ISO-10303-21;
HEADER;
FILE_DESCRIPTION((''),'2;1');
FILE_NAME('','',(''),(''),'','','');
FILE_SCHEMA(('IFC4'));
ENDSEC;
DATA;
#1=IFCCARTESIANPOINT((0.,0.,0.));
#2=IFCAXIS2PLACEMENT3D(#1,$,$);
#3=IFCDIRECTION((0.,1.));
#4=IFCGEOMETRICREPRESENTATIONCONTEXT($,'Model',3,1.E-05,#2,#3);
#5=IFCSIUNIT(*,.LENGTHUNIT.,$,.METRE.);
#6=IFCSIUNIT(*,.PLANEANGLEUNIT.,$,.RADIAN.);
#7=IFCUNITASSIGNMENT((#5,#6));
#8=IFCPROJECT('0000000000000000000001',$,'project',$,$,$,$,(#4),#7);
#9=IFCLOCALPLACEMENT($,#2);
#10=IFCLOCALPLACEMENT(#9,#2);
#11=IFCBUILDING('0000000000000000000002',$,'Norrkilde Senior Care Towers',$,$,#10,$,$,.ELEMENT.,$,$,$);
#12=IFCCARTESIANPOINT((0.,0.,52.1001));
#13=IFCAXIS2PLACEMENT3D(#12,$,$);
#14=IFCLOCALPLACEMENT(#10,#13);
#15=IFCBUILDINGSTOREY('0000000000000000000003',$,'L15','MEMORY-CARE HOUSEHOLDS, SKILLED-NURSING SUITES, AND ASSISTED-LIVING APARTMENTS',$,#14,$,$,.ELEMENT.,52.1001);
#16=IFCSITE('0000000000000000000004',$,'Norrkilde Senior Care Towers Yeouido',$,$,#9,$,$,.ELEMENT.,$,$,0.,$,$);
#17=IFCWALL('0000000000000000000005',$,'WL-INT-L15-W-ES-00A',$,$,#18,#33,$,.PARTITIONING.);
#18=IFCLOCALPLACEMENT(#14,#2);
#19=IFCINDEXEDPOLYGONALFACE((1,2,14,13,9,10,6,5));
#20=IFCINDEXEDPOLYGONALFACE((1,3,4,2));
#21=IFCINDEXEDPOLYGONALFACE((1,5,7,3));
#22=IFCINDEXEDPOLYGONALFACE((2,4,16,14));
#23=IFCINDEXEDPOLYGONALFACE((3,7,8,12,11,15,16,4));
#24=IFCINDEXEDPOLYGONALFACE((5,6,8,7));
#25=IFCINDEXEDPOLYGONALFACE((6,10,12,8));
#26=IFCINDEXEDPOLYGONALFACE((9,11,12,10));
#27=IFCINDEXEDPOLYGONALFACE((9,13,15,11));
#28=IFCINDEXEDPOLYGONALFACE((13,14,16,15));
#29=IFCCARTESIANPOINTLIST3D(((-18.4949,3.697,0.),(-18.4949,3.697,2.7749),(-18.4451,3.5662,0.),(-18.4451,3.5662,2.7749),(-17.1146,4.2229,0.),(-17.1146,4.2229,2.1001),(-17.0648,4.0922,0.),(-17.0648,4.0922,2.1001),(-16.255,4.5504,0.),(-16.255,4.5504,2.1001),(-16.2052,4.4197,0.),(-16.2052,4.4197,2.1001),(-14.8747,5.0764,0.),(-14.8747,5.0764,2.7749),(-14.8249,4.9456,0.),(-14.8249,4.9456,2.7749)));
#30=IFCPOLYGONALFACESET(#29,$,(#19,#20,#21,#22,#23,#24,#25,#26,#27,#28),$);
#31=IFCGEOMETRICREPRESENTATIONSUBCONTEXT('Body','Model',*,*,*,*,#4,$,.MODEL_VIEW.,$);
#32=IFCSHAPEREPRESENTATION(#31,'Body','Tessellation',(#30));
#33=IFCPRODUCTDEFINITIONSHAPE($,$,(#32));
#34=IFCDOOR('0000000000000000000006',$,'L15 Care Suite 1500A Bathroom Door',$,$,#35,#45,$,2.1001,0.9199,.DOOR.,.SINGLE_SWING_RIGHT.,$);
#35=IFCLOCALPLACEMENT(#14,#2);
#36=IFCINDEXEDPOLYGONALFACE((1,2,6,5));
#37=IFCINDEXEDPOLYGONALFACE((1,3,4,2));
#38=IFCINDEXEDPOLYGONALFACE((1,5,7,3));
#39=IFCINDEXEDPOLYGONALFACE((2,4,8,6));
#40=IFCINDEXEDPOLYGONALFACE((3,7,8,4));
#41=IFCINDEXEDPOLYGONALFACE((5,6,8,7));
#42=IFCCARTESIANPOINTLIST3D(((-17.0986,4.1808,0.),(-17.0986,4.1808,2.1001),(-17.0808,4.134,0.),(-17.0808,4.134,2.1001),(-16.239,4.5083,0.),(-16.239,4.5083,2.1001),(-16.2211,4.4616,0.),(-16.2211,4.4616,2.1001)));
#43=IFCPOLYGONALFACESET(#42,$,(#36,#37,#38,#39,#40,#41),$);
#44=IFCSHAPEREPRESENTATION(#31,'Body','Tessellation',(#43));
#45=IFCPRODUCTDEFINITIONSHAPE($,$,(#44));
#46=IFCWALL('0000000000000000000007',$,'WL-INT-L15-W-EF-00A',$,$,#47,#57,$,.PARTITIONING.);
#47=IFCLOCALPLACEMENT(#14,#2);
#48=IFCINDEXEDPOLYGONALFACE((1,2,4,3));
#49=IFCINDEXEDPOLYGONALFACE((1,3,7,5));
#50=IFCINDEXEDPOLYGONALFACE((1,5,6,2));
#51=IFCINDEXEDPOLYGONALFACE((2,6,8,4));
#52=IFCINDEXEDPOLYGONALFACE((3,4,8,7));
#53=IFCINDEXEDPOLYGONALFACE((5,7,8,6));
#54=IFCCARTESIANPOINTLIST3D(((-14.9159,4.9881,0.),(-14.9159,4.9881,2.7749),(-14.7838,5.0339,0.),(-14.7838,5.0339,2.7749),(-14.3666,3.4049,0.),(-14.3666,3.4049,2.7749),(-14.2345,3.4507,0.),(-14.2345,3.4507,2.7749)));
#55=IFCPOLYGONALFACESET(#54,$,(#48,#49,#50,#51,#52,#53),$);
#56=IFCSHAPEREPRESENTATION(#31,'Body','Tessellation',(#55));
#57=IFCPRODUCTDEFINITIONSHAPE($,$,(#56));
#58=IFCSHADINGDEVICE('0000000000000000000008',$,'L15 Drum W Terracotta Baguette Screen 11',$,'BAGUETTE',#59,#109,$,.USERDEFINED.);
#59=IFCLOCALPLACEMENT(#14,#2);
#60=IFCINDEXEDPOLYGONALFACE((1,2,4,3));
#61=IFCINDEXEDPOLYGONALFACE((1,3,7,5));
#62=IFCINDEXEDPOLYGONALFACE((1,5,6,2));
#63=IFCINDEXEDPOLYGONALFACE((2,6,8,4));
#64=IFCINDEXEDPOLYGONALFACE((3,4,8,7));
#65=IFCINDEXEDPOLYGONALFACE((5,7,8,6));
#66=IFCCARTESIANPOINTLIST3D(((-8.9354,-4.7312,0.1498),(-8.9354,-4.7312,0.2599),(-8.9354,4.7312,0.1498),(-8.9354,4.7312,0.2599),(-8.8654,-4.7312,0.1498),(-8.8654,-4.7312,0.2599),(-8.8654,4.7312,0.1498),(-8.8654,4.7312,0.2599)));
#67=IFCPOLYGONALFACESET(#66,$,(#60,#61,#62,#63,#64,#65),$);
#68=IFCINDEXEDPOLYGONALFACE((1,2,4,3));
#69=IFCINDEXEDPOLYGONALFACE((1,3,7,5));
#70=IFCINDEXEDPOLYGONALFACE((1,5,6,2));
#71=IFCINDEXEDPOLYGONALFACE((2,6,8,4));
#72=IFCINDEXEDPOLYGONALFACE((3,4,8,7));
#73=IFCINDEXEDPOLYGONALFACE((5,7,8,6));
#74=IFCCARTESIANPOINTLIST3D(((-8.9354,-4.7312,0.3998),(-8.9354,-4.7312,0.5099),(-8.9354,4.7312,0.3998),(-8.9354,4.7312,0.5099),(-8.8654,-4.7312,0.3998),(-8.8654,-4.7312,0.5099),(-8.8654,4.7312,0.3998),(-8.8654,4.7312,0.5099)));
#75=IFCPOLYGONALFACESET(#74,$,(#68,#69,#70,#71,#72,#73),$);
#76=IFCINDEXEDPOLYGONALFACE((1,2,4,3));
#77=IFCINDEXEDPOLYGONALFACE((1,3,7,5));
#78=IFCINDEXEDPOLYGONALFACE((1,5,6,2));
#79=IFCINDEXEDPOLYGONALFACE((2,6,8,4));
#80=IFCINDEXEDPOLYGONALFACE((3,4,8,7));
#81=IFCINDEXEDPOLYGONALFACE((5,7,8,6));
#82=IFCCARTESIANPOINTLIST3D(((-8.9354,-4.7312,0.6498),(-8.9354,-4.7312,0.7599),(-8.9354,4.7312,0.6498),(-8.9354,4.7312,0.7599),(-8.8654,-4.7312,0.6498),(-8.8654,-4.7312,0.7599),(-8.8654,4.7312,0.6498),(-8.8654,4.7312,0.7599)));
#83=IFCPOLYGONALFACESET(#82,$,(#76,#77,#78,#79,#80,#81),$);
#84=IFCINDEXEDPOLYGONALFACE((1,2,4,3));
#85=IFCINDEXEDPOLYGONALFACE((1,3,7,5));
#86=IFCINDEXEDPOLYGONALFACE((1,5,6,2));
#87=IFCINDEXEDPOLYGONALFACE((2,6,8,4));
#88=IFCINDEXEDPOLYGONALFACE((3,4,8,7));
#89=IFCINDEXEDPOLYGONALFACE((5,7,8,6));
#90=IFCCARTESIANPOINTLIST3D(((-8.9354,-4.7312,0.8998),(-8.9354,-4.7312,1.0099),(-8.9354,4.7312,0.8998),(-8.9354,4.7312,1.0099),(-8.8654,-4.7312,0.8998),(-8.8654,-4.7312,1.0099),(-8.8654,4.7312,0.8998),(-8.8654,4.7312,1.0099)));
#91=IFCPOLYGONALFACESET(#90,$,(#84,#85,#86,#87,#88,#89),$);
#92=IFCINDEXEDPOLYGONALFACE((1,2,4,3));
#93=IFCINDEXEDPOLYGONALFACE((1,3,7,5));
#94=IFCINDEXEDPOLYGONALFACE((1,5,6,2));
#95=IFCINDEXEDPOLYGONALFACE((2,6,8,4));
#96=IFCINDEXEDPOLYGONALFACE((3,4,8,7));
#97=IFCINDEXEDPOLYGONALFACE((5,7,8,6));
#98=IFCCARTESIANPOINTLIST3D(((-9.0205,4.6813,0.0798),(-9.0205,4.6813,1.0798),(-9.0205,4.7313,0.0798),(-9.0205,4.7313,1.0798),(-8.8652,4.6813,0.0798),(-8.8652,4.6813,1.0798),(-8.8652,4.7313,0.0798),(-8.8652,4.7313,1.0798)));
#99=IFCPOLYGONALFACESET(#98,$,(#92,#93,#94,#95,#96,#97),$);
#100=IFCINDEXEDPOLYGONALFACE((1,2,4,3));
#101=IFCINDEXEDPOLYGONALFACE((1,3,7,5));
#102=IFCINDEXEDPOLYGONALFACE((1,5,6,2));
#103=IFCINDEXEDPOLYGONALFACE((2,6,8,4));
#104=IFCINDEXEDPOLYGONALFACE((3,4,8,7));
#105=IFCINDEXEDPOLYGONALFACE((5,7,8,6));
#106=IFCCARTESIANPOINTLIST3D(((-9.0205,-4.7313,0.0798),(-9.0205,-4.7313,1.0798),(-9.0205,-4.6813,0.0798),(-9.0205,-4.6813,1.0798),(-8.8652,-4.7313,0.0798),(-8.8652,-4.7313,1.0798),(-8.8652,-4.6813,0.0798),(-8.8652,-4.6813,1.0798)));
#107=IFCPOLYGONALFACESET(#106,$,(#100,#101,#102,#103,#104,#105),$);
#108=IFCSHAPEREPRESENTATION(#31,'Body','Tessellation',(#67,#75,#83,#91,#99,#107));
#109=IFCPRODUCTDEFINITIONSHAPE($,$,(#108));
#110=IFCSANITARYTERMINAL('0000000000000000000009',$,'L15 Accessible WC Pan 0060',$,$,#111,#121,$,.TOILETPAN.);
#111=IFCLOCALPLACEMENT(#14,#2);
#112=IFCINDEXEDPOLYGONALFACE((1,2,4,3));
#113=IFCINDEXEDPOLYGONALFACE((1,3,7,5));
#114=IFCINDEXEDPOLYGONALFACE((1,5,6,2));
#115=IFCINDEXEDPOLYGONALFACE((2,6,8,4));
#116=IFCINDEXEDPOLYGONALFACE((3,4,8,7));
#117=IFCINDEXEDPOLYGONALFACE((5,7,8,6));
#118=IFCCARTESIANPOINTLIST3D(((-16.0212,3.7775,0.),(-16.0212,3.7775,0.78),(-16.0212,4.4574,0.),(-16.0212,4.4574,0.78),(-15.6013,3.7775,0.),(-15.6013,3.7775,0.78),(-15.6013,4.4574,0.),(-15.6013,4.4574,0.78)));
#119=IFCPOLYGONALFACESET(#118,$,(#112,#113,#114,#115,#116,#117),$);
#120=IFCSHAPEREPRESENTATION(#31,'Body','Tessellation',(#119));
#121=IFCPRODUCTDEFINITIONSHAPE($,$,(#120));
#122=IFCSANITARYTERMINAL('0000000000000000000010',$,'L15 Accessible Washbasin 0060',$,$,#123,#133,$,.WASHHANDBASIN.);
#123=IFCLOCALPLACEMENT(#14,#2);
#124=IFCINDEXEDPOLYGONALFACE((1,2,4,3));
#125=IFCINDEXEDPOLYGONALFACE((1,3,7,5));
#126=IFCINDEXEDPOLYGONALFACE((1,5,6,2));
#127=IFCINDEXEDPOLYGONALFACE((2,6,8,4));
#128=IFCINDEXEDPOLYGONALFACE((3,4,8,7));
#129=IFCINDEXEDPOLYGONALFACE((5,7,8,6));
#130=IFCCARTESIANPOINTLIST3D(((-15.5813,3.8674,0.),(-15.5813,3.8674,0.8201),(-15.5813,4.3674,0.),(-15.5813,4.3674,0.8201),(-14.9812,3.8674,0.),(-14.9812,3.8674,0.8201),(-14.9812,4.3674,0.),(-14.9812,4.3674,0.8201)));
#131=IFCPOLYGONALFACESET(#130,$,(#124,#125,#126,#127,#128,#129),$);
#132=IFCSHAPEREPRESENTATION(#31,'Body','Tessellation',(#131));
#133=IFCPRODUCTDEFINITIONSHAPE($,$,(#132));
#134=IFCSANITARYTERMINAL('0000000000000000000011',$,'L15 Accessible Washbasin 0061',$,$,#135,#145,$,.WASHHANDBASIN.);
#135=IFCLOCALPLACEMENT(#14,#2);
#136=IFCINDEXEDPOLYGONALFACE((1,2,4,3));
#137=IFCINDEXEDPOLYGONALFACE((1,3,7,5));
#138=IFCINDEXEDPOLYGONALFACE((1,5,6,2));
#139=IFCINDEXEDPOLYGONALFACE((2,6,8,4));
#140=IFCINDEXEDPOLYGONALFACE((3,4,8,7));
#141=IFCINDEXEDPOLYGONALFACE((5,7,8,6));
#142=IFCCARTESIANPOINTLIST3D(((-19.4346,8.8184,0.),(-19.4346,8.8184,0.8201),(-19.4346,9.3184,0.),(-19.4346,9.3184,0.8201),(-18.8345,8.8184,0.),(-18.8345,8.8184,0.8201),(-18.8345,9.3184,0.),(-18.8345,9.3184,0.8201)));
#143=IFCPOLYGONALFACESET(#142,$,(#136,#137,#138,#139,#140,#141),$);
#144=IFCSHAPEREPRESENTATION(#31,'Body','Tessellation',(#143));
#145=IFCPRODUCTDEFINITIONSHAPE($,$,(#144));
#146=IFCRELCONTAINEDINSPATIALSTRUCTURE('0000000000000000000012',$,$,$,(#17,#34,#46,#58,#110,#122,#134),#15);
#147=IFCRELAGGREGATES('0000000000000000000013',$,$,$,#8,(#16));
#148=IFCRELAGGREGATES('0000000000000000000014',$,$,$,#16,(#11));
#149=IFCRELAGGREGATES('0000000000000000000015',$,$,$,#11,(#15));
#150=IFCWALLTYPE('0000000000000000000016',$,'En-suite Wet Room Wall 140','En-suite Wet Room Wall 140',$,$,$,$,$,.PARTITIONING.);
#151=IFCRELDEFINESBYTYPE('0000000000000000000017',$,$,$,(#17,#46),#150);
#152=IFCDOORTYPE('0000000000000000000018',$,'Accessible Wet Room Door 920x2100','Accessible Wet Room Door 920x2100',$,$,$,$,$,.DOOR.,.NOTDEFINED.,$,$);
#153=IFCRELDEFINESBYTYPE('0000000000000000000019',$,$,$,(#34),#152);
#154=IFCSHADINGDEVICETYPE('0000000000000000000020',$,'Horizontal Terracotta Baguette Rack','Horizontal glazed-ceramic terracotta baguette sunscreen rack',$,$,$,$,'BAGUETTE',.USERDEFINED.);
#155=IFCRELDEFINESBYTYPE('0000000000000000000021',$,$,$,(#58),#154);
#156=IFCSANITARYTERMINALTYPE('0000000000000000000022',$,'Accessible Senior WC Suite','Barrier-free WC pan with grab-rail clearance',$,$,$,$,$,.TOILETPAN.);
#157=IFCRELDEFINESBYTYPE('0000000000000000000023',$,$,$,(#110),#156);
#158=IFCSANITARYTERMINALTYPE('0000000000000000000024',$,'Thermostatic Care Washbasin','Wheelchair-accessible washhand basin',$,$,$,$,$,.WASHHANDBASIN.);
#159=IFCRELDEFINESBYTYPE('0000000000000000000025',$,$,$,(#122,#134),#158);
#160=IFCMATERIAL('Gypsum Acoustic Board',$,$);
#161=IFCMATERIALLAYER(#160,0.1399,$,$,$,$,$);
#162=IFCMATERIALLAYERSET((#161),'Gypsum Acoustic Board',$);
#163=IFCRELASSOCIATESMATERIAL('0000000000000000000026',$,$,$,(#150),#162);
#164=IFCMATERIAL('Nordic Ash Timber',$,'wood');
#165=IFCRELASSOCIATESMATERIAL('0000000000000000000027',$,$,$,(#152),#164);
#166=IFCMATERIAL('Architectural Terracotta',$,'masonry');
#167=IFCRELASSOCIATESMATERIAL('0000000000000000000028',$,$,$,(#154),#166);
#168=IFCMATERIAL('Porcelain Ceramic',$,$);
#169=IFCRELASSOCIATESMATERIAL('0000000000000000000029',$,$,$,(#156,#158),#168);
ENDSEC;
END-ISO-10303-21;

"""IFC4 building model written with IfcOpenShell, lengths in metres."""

from ifc_helpers import new_model, si_unit, direction, frame, frame_2d, origin, origin_2d, place, context, subcontext, project, spatial, rectangle, extrude, source, transform, mapped, material, layer, layer_set, type_object, type_shapes, element, fill, save


model = new_model("IFC4")

# Units and contexts
model_context = context("Model", 3, precision=1e-05, world=origin(), true_north=direction((0.0, 1.0)))
body_context = subcontext(model_context, "Body", "Model", "MODEL_VIEW")
ifc_project = project(units=[si_unit("LENGTHUNIT", "METRE"), si_unit("PLANEANGLEUNIT", "RADIAN")], contexts=[model_context])

# Site, building, storey
site_placement = place(None, origin())
site = spatial("IfcSite", under=ifc_project, at=site_placement, Name="Norrkilde Senior Care Towers Yeouido", CompositionType="ELEMENT", RefElevation=0.0)
building_placement = place(site_placement, origin())
building = spatial("IfcBuilding", under=site, at=building_placement, Name="Norrkilde Senior Care Towers", CompositionType="ELEMENT")
storey_placement = place(building_placement, frame((0.0, 0.0, 52.1001)))
storey = spatial("IfcBuildingStorey", under=building, at=storey_placement, Name="L15", Description="MEMORY-CARE HOUSEHOLDS, SKILLED-NURSING SUITES, AND ASSISTED-LIVING APARTMENTS", CompositionType="ELEMENT", Elevation=52.1001)

# Shared definitions
ifc_material_1 = material(Name="Gypsum Acoustic Board")
ifc_material_2 = material(Name="Nordic Ash Timber", Category="wood")

# Shared definitions
ifc_layer_1 = layer(ifc_material_1, 0.1399)
ifc_layer_set_1 = layer_set([ifc_layer_1], Name="Gypsum Acoustic Board")
wall_type_1 = type_object("IfcWallType", Name="En-suite Wet Room Wall 140", Description="En-suite Wet Room Wall 140", PredefinedType="PARTITIONING", material=ifc_layer_set_1)

# Wall, opening, door
shared_shape_1 = source(origin(), body_context, "Body", "SweptSolid", [
    extrude(rectangle(XDim=3.874, YDim=0.1399, at=frame_2d((1.937, 0.0))), origin(), (0.0, 0.0, 1.0), 2.7749),
])
wall_1_placement = place(storey_placement, frame((-18.47, 3.6316, 0.0), z_axis=(0.0, 0.0, 1.0), x_axis=(0.934462, 0.356063, 0.0)))
wall_1 = element("IfcWall", 1, at=wall_1_placement, inside=storey, type_object=wall_type_1, Name="WL-INT-L15-W-ES-00A", PredefinedType="PARTITIONING", context=body_context, shape_type="MappedRepresentation", body=[
    mapped(shared_shape_1, transform((0.0, 0.0, 0.0), x_axis=(1.0, 0.0, 0.0), y_axis=(0.0, 1.0, 0.0), z_axis=(0.0, 0.0, 1.0), scale=1.0)),
])
opening_1_placement = place(wall_1_placement, frame((1.4771, 0.0, 0.0)))
opening_1 = element("IfcOpeningElement", 2, at=opening_1_placement, cuts=wall_1, PredefinedType="OPENING", context=body_context, shape_type="SweptSolid", body=[
    extrude(rectangle(XDim=0.9199, YDim=2.1001, at=frame_2d((0.46, 1.05))), frame((0.0, 0.0798, 0.0), z_axis=(0.0, -1.0, 0.0), x_axis=(1.0, 0.0, 0.0)), (0.0, 0.0, 1.0), 0.1599),
])
door_type_1 = type_object("IfcDoorType", Name="Accessible Wet Room Door 920x2100", Description="Accessible Wet Room Door 920x2100", OperationType="NOTDEFINED", PredefinedType="DOOR", material=ifc_material_2)
shared_shape_2 = source(origin(), body_context, "Body", "SweptSolid", [
    extrude(rectangle(XDim=0.9199, YDim=2.1001, at=frame_2d((0.46, 1.05))), frame((0.0, 0.0249, 0.0), z_axis=(0.0, -1.0, 0.0), x_axis=(1.0, 0.0, 0.0)), (0.0, 0.0, 1.0), 0.05),
])
type_shapes(door_type_1, [shared_shape_2])
door_1_placement = place(opening_1_placement, origin())
door_1 = element("IfcDoor", 3, at=door_1_placement, inside=storey, type_object=door_type_1, Name="L15 Care Suite 1500A Bathroom Door", OperationType="SINGLE_SWING_RIGHT", OverallHeight=2.1001, OverallWidth=0.9199, PredefinedType="DOOR", context=body_context, shape_type="MappedRepresentation", body=[
    mapped(shared_shape_2, transform((0.0, 0.0, 0.0), x_axis=(1.0, 0.0, 0.0), y_axis=(0.0, 1.0, 0.0), z_axis=(0.0, 0.0, 1.0), scale=1.0)),
])
fill(opening_1, door_1)

# Wall
shared_shape_3 = source(origin(), body_context, "Body", "SweptSolid", [
    extrude(rectangle(XDim=1.6758, YDim=0.1399, at=frame_2d((0.8379, 0.0))), origin(), (0.0, 0.0, 1.0), 2.7749),
])
wall_2_placement = place(storey_placement, frame((-14.8499, 5.011, 0.0), z_axis=(0.0, 0.0, 1.0), x_axis=(0.327786, -0.944752, 0.0)))
element("IfcWall", 4, at=wall_2_placement, inside=storey, type_object=wall_type_1, Name="WL-INT-L15-W-EF-00A", PredefinedType="PARTITIONING", context=body_context, shape_type="MappedRepresentation", body=[
    mapped(shared_shape_3, transform((0.0, 0.0, 0.0), x_axis=(1.0, 0.0, 0.0), y_axis=(0.0, 1.0, 0.0), z_axis=(0.0, 0.0, 1.0), scale=1.0)),
])

# Shading device
ifc_material_3 = material(Name="Architectural Terracotta", Category="masonry")
shading_device_type = type_object("IfcShadingDeviceType", Name="Horizontal Terracotta Baguette Rack", Description="Horizontal glazed-ceramic terracotta baguette sunscreen rack", ElementType="BAGUETTE", PredefinedType="USERDEFINED", material=ifc_material_3)
shared_shape_4 = source(origin(), body_context, "Body", "SweptSolid", [
    extrude(rectangle(XDim=0.0701, YDim=0.1101, at=origin_2d()), frame((0.0, 0.0901, 0.125), z_axis=(1.0, 0.0, 0.0), x_axis=(0.0, 1.0, 0.0)), (0.0, 0.0, 1.0), 9.4624),
    extrude(rectangle(XDim=0.0701, YDim=0.1101, at=origin_2d()), frame((0.0, 0.0901, 0.375), z_axis=(1.0, 0.0, 0.0), x_axis=(0.0, 1.0, 0.0)), (0.0, 0.0, 1.0), 9.4624),
    extrude(rectangle(XDim=0.0701, YDim=0.1101, at=origin_2d()), frame((0.0, 0.0901, 0.625), z_axis=(1.0, 0.0, 0.0), x_axis=(0.0, 1.0, 0.0)), (0.0, 0.0, 1.0), 9.4624),
    extrude(rectangle(XDim=0.0701, YDim=0.1101, at=origin_2d()), frame((0.0, 0.0901, 0.875), z_axis=(1.0, 0.0, 0.0), x_axis=(0.0, 1.0, 0.0)), (0.0, 0.0, 1.0), 9.4624),
    extrude(rectangle(XDim=0.05, YDim=0.1553, at=origin_2d()), frame((0.0249, 0.0476, 0.0)), (0.0, 0.0, 1.0), 1.0),
    extrude(rectangle(XDim=0.05, YDim=0.1553, at=origin_2d()), frame((9.4375, 0.0476, 0.0)), (0.0, 0.0, 1.0), 1.0),
])
type_shapes(shading_device_type, [shared_shape_4])
shading_device_placement = place(storey_placement, frame((-8.9905, 4.7312, 0.0798), z_axis=(0.0, 0.0, 1.0), x_axis=(0.0, -1.0, 0.0)))
element("IfcShadingDevice", 5, at=shading_device_placement, inside=storey, type_object=shading_device_type, Name="L15 Drum W Terracotta Baguette Screen 11", ObjectType="BAGUETTE", PredefinedType="USERDEFINED", context=body_context, shape_type="MappedRepresentation", body=[
    mapped(shared_shape_4, transform((0.0, 0.0, 0.0), x_axis=(1.0, 0.0, 0.0), y_axis=(0.0, 1.0, 0.0), z_axis=(0.0, 0.0, 1.0), scale=1.0)),
])

# Sanitary terminals
ifc_material_4 = material(Name="Porcelain Ceramic")
sanitary_terminal_type_1 = type_object("IfcSanitaryTerminalType", Name="Accessible Senior WC Suite", Description="Barrier-free WC pan with grab-rail clearance", PredefinedType="TOILETPAN", material=ifc_material_4)
shared_shape_5 = source(origin(), body_context, "Body", "SweptSolid", [
    extrude(rectangle(XDim=0.4199, YDim=0.6799, at=origin_2d()), origin(), (0.0, 0.0, 1.0), 0.78),
])
type_shapes(sanitary_terminal_type_1, [shared_shape_5])
sanitary_terminal_placement = place(storey_placement, frame((-15.8113, 4.1174, 0.0), z_axis=(0.0, 0.0, 1.0), x_axis=(1.0, 0.0, 0.0)))
element("IfcSanitaryTerminal", 6, at=sanitary_terminal_placement, inside=storey, type_object=sanitary_terminal_type_1, Name="L15 Accessible WC Pan 0060", PredefinedType="TOILETPAN", context=body_context, shape_type="MappedRepresentation", body=[
    mapped(shared_shape_5, transform((0.0, 0.0, 0.0), x_axis=(1.0, 0.0, 0.0), y_axis=(0.0, 1.0, 0.0), z_axis=(0.0, 0.0, 1.0), scale=1.0)),
])
sanitary_terminal_type_2 = type_object("IfcSanitaryTerminalType", Name="Thermostatic Care Washbasin", Description="Wheelchair-accessible washhand basin", PredefinedType="WASHHANDBASIN", material=ifc_material_4)
shared_shape_6 = source(origin(), body_context, "Body", "SweptSolid", [
    extrude(rectangle(XDim=0.6001, YDim=0.5, at=origin_2d()), origin(), (0.0, 0.0, 1.0), 0.8201),
])
type_shapes(sanitary_terminal_type_2, [shared_shape_6])
for number, where, z_axis, x_axis, name in (
    (7, (-15.2812, 4.1174, 0.0), (0.0, 0.0, 1.0), (1.0, 0.0, 0.0), "L15 Accessible Washbasin 0060"),
    (8, (-19.1345, 9.0684, 0.0), (0.0, 0.0, 1.0), (1.0, 0.0, 0.0), "L15 Accessible Washbasin 0061"),
):
    element("IfcSanitaryTerminal", number, at=place(storey_placement, frame(where, z_axis=z_axis, x_axis=x_axis)), inside=storey, type_object=sanitary_terminal_type_2, Name=name, PredefinedType="WASHHANDBASIN", context=body_context, shape_type="MappedRepresentation", body=[
        mapped(shared_shape_6, transform((0.0, 0.0, 0.0), x_axis=(1.0, 0.0, 0.0), y_axis=(0.0, 1.0, 0.0), z_axis=(0.0, 0.0, 1.0), scale=1.0)),
    ])

save(model, "model.ifc")
